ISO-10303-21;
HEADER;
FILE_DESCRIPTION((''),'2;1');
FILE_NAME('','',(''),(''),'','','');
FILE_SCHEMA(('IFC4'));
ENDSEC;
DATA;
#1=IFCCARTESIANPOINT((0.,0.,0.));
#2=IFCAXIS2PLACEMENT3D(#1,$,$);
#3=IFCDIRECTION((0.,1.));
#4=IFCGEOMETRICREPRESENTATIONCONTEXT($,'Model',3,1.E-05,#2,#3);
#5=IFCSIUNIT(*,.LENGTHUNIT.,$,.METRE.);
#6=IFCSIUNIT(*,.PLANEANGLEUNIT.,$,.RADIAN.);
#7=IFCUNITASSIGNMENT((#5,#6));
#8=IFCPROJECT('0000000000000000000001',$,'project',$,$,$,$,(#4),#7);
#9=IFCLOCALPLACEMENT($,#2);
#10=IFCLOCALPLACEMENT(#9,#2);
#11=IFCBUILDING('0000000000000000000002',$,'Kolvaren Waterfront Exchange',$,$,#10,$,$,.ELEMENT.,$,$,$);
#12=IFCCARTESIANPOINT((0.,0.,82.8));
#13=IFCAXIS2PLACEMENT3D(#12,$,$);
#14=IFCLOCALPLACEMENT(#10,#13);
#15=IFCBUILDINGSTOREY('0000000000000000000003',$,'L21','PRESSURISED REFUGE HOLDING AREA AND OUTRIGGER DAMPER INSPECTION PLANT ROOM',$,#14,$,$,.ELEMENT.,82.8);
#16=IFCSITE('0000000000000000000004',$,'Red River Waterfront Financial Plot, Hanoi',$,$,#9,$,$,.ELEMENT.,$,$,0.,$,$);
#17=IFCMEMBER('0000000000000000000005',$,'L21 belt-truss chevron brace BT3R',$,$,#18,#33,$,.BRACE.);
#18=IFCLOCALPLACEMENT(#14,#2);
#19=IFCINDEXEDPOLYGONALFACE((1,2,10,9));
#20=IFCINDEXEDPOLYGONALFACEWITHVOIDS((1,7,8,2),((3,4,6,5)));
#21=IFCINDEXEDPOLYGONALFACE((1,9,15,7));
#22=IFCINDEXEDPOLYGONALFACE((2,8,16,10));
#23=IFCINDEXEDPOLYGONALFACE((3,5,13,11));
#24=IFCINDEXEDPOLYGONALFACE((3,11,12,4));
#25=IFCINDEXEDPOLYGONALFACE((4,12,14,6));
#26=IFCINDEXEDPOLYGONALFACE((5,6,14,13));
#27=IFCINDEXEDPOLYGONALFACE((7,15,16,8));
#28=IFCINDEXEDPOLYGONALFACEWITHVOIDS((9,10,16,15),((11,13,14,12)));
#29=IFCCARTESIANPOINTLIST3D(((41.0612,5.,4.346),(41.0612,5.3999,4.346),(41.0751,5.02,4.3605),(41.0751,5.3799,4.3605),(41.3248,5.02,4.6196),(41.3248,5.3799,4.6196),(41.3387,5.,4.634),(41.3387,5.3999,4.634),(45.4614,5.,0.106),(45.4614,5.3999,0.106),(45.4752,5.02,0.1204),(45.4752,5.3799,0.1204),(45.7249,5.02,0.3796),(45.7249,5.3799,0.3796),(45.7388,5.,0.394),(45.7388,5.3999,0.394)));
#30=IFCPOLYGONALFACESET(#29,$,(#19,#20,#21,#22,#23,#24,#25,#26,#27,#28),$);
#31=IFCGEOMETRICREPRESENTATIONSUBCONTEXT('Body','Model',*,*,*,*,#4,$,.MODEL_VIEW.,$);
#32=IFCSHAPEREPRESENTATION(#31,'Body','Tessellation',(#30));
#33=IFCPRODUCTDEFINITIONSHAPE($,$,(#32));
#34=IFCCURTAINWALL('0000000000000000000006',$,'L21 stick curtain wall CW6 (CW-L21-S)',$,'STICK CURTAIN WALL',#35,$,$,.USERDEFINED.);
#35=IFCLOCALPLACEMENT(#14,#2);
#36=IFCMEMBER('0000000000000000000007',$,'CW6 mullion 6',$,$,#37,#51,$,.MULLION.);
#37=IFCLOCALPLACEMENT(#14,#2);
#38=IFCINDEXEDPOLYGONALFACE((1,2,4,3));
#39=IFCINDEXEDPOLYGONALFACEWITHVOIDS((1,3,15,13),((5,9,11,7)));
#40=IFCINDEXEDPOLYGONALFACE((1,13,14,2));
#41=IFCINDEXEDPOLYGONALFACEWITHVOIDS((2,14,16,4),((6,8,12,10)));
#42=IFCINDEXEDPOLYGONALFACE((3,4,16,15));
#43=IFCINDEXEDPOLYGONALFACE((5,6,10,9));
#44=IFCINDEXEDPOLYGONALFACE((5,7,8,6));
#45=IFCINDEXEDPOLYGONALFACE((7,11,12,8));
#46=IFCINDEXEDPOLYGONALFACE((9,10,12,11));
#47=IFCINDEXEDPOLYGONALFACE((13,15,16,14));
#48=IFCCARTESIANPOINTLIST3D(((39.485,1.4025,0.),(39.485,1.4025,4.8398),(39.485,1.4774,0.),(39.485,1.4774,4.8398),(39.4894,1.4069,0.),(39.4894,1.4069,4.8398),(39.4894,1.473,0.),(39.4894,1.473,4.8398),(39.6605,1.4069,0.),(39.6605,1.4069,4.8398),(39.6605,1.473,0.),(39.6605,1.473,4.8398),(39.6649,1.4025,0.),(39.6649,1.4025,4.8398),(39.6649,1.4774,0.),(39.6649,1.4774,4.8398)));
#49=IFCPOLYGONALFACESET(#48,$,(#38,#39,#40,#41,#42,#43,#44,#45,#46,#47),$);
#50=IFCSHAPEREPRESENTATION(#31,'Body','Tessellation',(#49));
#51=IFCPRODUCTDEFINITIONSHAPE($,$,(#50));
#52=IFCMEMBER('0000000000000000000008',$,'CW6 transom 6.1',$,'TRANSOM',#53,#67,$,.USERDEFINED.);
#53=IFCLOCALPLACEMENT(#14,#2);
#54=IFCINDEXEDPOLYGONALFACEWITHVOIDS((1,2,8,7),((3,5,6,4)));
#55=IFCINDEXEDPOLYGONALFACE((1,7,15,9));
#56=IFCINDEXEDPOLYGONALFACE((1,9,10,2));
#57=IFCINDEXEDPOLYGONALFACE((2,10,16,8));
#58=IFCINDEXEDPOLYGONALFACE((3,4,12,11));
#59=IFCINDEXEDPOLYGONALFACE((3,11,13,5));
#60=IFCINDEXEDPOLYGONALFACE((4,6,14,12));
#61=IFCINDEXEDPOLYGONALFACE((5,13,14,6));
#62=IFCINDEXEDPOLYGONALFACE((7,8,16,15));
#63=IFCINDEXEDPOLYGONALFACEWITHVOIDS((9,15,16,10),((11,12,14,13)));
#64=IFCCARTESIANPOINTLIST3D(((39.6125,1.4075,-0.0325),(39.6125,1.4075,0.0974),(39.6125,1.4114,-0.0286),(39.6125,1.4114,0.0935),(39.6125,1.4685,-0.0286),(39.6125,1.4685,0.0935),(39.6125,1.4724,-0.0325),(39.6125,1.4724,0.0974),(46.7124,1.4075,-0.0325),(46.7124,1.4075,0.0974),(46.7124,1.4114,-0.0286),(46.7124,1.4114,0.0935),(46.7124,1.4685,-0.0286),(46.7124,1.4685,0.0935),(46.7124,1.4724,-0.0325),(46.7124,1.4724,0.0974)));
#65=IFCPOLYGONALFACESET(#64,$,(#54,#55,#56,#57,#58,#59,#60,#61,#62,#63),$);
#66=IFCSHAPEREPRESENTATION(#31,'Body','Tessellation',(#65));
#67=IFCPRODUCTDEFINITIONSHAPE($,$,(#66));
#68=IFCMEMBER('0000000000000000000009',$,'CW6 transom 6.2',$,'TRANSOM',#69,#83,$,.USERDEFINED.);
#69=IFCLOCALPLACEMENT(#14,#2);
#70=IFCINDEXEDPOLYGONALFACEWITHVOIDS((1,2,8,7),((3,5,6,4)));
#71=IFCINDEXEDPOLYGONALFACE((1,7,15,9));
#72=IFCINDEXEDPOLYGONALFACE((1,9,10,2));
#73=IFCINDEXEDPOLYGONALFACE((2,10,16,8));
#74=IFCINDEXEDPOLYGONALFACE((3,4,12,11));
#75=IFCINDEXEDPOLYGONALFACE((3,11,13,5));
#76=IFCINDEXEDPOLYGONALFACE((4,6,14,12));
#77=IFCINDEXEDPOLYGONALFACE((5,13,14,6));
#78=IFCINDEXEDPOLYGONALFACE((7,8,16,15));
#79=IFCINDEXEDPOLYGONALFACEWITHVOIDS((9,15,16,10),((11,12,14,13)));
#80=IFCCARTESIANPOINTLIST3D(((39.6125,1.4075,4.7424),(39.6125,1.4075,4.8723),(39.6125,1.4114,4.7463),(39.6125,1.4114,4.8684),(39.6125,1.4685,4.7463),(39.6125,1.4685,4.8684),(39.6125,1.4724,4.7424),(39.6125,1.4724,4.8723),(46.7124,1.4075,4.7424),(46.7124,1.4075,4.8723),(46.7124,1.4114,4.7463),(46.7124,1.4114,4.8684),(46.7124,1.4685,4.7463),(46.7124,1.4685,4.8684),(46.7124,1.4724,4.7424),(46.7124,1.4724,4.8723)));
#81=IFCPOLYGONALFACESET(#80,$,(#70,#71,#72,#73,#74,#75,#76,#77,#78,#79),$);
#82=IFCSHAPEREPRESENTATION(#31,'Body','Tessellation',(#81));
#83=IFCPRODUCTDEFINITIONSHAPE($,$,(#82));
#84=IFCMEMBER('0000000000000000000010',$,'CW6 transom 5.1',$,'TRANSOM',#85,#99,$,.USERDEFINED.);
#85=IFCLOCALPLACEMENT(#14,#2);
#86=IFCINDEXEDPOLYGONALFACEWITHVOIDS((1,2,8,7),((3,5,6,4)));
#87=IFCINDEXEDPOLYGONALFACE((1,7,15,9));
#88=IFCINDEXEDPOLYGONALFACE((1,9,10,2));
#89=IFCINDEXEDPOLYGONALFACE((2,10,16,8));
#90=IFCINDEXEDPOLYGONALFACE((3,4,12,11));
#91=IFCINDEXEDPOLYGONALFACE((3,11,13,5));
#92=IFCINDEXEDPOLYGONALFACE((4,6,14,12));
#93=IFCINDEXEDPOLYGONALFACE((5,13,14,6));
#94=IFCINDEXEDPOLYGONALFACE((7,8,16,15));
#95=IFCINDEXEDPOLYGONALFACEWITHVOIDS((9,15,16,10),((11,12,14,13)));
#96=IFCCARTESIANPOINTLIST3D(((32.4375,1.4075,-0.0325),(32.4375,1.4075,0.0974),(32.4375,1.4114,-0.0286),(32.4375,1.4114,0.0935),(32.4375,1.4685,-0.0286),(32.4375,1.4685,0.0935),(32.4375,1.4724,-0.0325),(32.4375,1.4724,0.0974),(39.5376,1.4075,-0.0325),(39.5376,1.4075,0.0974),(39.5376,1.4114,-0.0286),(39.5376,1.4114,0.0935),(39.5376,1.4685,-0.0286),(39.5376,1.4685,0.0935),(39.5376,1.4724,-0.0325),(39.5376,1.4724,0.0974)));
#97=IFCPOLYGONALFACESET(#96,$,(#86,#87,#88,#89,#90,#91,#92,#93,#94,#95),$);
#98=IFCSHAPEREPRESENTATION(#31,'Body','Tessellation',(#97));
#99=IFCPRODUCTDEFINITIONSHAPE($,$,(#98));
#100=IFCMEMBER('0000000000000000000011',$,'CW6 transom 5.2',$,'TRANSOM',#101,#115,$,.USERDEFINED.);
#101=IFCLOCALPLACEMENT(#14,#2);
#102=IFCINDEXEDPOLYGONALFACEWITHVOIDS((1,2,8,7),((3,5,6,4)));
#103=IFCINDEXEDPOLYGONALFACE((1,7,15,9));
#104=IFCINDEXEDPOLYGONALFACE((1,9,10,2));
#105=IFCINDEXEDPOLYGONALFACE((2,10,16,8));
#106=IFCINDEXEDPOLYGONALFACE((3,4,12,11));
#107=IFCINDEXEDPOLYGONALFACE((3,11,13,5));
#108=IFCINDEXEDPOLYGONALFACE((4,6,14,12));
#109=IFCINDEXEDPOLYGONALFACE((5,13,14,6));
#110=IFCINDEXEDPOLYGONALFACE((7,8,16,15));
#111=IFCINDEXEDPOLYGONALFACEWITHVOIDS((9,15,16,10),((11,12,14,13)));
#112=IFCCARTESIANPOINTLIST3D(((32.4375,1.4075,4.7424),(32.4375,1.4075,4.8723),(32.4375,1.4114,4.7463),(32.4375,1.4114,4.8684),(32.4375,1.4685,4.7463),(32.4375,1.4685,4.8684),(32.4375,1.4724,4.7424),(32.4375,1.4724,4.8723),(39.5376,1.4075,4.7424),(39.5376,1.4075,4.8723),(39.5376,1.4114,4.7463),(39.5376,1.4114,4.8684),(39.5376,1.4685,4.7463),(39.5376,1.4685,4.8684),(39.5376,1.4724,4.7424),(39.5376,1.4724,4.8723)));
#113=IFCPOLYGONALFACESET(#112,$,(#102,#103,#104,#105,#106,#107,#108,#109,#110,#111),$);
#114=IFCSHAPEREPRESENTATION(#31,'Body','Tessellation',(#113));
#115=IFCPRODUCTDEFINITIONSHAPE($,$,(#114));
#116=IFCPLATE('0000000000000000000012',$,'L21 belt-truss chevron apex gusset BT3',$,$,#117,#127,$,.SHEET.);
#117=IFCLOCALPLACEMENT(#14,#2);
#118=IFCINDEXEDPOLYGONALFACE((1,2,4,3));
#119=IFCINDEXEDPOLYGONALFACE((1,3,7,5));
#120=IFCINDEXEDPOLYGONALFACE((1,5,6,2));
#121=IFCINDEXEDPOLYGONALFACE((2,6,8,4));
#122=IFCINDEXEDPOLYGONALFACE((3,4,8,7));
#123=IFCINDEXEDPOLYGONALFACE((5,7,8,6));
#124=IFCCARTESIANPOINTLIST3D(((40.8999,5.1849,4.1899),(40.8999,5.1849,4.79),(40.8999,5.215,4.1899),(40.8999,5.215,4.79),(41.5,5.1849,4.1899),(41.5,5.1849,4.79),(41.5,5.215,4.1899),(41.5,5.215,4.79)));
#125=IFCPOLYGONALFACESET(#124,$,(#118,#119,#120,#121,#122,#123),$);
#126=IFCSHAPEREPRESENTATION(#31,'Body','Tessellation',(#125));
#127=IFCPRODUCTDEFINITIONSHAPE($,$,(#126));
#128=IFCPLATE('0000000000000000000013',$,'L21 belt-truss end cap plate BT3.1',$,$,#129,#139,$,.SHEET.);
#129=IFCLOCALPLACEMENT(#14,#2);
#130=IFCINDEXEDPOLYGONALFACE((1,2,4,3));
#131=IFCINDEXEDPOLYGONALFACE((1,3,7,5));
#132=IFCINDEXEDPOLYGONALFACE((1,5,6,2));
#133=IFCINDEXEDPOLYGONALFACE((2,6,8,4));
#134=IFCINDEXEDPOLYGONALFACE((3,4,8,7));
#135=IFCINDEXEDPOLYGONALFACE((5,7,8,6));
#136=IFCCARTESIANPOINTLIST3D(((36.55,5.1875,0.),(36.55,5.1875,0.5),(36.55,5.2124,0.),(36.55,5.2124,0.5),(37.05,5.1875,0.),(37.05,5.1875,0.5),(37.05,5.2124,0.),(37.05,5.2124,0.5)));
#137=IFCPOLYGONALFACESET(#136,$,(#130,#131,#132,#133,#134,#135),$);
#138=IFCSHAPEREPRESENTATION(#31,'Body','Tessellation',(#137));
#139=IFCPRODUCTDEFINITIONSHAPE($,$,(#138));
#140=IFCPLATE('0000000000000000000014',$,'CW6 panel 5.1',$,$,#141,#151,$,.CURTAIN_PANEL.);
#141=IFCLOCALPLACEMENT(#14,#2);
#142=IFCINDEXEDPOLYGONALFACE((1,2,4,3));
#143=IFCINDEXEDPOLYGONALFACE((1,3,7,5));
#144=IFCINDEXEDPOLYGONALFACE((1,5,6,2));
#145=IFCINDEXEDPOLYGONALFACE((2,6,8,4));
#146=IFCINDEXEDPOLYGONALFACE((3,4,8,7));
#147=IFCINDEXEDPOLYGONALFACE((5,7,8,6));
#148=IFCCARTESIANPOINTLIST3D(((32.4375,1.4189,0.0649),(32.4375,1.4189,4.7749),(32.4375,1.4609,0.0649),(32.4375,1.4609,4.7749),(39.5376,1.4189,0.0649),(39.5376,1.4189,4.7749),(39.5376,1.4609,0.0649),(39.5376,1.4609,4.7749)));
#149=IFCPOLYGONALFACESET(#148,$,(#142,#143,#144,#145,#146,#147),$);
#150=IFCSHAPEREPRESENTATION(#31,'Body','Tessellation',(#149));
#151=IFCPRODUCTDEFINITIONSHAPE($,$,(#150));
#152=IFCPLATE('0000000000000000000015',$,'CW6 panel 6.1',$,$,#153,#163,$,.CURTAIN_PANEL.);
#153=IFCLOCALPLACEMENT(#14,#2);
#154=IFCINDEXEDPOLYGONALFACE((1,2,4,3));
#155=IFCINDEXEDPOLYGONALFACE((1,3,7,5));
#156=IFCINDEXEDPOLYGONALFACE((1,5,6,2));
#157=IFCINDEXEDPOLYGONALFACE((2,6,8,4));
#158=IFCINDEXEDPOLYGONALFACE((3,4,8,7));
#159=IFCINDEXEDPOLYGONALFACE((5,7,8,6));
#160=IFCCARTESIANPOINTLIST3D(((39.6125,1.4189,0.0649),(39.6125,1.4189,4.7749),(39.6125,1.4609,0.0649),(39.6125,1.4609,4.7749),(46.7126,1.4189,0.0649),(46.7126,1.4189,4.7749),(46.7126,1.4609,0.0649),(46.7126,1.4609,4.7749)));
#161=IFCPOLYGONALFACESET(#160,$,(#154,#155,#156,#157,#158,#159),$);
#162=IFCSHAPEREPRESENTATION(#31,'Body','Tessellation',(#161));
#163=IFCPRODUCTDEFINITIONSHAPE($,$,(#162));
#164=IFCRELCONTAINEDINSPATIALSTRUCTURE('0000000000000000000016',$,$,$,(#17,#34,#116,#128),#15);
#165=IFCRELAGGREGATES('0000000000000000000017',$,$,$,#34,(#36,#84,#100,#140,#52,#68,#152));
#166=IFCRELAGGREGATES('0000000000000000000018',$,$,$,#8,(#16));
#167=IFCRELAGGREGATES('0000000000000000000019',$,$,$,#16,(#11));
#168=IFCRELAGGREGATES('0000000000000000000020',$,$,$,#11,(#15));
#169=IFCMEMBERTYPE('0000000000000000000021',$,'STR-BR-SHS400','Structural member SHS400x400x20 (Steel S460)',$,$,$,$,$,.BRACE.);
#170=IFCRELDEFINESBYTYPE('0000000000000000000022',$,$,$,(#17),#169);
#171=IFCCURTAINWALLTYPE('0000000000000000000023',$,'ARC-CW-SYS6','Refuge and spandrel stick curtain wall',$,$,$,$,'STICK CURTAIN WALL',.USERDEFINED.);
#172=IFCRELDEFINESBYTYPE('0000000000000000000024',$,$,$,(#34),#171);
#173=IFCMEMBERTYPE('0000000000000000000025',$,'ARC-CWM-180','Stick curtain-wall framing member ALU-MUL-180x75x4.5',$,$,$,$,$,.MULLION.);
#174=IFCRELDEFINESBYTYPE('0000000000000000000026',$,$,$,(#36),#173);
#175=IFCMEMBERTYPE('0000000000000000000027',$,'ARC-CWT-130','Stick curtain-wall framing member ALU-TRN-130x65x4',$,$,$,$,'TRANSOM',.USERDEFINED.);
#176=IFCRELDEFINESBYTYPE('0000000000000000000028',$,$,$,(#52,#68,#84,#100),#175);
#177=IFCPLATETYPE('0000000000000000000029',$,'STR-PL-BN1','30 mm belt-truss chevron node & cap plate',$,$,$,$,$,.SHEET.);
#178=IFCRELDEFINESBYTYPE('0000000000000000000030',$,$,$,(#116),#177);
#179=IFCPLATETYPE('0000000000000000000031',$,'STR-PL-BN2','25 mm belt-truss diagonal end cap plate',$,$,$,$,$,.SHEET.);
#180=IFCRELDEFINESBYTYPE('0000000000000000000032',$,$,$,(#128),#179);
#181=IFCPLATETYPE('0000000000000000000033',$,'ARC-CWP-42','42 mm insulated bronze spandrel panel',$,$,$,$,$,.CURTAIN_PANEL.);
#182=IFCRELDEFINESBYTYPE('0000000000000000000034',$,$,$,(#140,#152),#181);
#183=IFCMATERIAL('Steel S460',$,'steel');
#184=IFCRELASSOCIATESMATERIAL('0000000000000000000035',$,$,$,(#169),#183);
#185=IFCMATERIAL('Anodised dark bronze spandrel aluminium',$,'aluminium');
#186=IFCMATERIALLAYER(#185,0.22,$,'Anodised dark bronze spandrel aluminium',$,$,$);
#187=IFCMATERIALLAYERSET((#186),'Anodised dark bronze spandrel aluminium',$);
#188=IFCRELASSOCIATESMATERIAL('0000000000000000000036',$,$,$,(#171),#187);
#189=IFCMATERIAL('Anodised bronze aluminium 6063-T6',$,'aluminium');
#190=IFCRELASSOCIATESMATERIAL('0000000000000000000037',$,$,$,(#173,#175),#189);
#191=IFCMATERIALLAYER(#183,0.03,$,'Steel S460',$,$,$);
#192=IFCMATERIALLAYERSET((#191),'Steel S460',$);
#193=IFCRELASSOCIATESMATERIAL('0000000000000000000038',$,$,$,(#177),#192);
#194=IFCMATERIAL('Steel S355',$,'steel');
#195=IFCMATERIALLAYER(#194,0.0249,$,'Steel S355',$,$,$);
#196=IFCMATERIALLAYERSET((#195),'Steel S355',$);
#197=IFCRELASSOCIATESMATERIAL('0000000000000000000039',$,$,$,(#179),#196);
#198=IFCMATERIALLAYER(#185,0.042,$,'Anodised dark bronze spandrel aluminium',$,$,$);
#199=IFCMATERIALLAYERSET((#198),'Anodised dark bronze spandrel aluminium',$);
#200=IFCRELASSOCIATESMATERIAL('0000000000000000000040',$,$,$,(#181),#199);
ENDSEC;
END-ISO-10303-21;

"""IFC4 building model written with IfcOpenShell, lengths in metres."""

from ifc_helpers import new_model, si_unit, direction, frame, origin, origin_with_axes, origin_2d, place, context, subcontext, project, spatial, rectangle, hollow_rectangle, extrude, source, transform, mapped, material, layer, layer_set, material_profile, profile_set, type_object, element, aggregate, save


model = new_model("IFC4")

# Units and contexts
model_context = context("Model", 3, precision=1e-05, world=origin(), true_north=direction((0.0, 1.0)))
body_context = subcontext(model_context, "Body", "Model", "MODEL_VIEW")
ifc_project = project(units=[si_unit("LENGTHUNIT", "METRE"), si_unit("PLANEANGLEUNIT", "RADIAN")], contexts=[model_context])

# Site, building, storey
site_placement = place(None, origin())
site = spatial("IfcSite", under=ifc_project, at=site_placement, Name="Red River Waterfront Financial Plot, Hanoi", CompositionType="ELEMENT", RefElevation=0.0)
building_placement = place(site_placement, origin())
building = spatial("IfcBuilding", under=site, at=building_placement, Name="Kolvaren Waterfront Exchange", CompositionType="ELEMENT")
storey_placement = place(building_placement, frame((0.0, 0.0, 82.8)))
storey = spatial("IfcBuildingStorey", under=building, at=storey_placement, Name="L21", Description="PRESSURISED REFUGE HOLDING AREA AND OUTRIGGER DAMPER INSPECTION PLANT ROOM", CompositionType="ELEMENT", Elevation=82.8)

# Shared definitions
ifc_material_1 = material(Name="Steel S355", Category="steel")

# Member
ifc_material_2 = material(Name="Steel S460", Category="steel")
ifc_material_profile_1 = material_profile(ifc_material_2, hollow_rectangle(XDim=0.3999, YDim=0.3999, WallThickness=0.02, at=origin_2d()), Name="SHS400x400x20")
ifc_profile_set_1 = profile_set([ifc_material_profile_1], Name="Steel S460")
member_type_1 = type_object("IfcMemberType", Name="STR-BR-SHS400", Description="Structural member SHS400x400x20 (Steel S460)", PredefinedType="BRACE", material=ifc_profile_set_1)
member_1_placement = place(storey_placement, frame((45.6001, 5.2, 0.25), z_axis=(-0.72009, 0.0, 0.69388), x_axis=(0.0, -1.0, 0.0)))
element("IfcMember", 1, at=member_1_placement, inside=storey, type_object=member_type_1, Name="L21 belt-truss chevron brace BT3R", PredefinedType="BRACE", context=body_context, shape_type="SweptSolid", body=[
    extrude(hollow_rectangle(XDim=0.3999, YDim=0.3999, WallThickness=0.02, at=origin_2d()), origin(), (0.0, 0.0, 1.0), 6.1106),
])

# Curtain wall, members
ifc_material_3 = material(Name="Anodised dark bronze spandrel aluminium", Category="aluminium")
ifc_layer_1 = layer(ifc_material_3, 0.22, Name="Anodised dark bronze spandrel aluminium")
ifc_layer_set_1 = layer_set([ifc_layer_1], Name="Anodised dark bronze spandrel aluminium")
curtain_wall_type = type_object("IfcCurtainWallType", Name="ARC-CW-SYS6", Description="Refuge and spandrel stick curtain wall", ElementType="STICK CURTAIN WALL", PredefinedType="USERDEFINED", material=ifc_layer_set_1)
curtain_wall_placement = place(storey_placement, origin())
curtain_wall = element("IfcCurtainWall", 2, at=curtain_wall_placement, inside=storey, type_object=curtain_wall_type, Name="L21 stick curtain wall CW6 (CW-L21-S)", ObjectType="STICK CURTAIN WALL", PredefinedType="USERDEFINED")
ifc_material_4 = material(Name="Anodised bronze aluminium 6063-T6", Category="aluminium")
ifc_material_profile_2 = material_profile(ifc_material_4, hollow_rectangle(XDim=0.075, YDim=0.1799, WallThickness=0.0044, at=origin_2d()), Name="ALU-MUL-180x75x4.5")
ifc_profile_set_2 = profile_set([ifc_material_profile_2], Name="Anodised bronze aluminium 6063-T6")
member_type_2 = type_object("IfcMemberType", Name="ARC-CWM-180", Description="Stick curtain-wall framing member ALU-MUL-180x75x4.5", PredefinedType="MULLION", material=ifc_profile_set_2)
shared_shape_1 = source(origin_with_axes(), body_context, "Body", "SweptSolid", [
    extrude(hollow_rectangle(XDim=0.075, YDim=0.1799, WallThickness=0.0044, at=origin_2d()), origin(), (0.0, 0.0, 1.0), 4.8398),
])
member_2_placement = place(storey_placement, frame((39.575, 1.4399, 0.0), z_axis=(0.0, 0.0, 1.0), x_axis=(0.0, 1.0, 0.0)))
member_2 = element("IfcMember", 3, at=member_2_placement, type_object=member_type_2, Name="CW6 mullion 6", PredefinedType="MULLION", context=body_context, shape_type="MappedRepresentation", body=[
    mapped(shared_shape_1, transform((0.0, 0.0, 0.0), x_axis=(1.0, 0.0, 0.0), y_axis=(0.0, 1.0, 0.0), z_axis=(0.0, 0.0, 1.0), scale=1.0)),
])
ifc_material_profile_3 = material_profile(ifc_material_4, hollow_rectangle(XDim=0.0649, YDim=0.1299, WallThickness=0.0039, at=origin_2d()), Name="ALU-TRN-130x65x4")
ifc_profile_set_3 = profile_set([ifc_material_profile_3], Name="Anodised bronze aluminium 6063-T6")
member_type_3 = type_object("IfcMemberType", Name="ARC-CWT-130", Description="Stick curtain-wall framing member ALU-TRN-130x65x4", ElementType="TRANSOM", PredefinedType="USERDEFINED", material=ifc_profile_set_3)
shared_shape_2 = source(origin_with_axes(), body_context, "Body", "SweptSolid", [
    extrude(hollow_rectangle(XDim=0.0649, YDim=0.1299, WallThickness=0.0039, at=origin_2d()), origin(), (0.0, 0.0, 1.0), 7.0999),
])
member_3_placement = place(storey_placement, frame((39.6125, 1.4399, 0.0325), z_axis=(1.0, 0.0, 0.0), x_axis=(0.0, 1.0, 0.0)))
member_3 = element("IfcMember", 4, at=member_3_placement, type_object=member_type_3, Name="CW6 transom 6.1", ObjectType="TRANSOM", PredefinedType="USERDEFINED", context=body_context, shape_type="MappedRepresentation", body=[
    mapped(shared_shape_2, transform((0.0, 0.0, 0.0), x_axis=(1.0, 0.0, 0.0), y_axis=(0.0, 1.0, 0.0), z_axis=(0.0, 0.0, 1.0), scale=1.0)),
])
member_4_placement = place(storey_placement, frame((39.6125, 1.4399, 4.8074), z_axis=(1.0, 0.0, 0.0), x_axis=(0.0, 1.0, 0.0)))
member_4 = element("IfcMember", 5, at=member_4_placement, type_object=member_type_3, Name="CW6 transom 6.2", ObjectType="TRANSOM", PredefinedType="USERDEFINED", context=body_context, shape_type="MappedRepresentation", body=[
    mapped(shared_shape_2, transform((0.0, 0.0, 0.0), x_axis=(1.0, 0.0, 0.0), y_axis=(0.0, 1.0, 0.0), z_axis=(0.0, 0.0, 1.0), scale=1.0)),
])
shared_shape_3 = source(origin_with_axes(), body_context, "Body", "SweptSolid", [
    extrude(hollow_rectangle(XDim=0.0649, YDim=0.1299, WallThickness=0.0039, at=origin_2d()), origin(), (0.0, 0.0, 1.0), 7.1001),
])
member_5_placement = place(storey_placement, frame((32.4375, 1.4399, 0.0325), z_axis=(1.0, 0.0, 0.0), x_axis=(0.0, 1.0, 0.0)))
member_5 = element("IfcMember", 6, at=member_5_placement, type_object=member_type_3, Name="CW6 transom 5.1", ObjectType="TRANSOM", PredefinedType="USERDEFINED", context=body_context, shape_type="MappedRepresentation", body=[
    mapped(shared_shape_3, transform((0.0, 0.0, 0.0), x_axis=(1.0, 0.0, 0.0), y_axis=(0.0, 1.0, 0.0), z_axis=(0.0, 0.0, 1.0), scale=1.0)),
])
member_6_placement = place(storey_placement, frame((32.4375, 1.4399, 4.8074), z_axis=(1.0, 0.0, 0.0), x_axis=(0.0, 1.0, 0.0)))
member_6 = element("IfcMember", 7, at=member_6_placement, type_object=member_type_3, Name="CW6 transom 5.2", ObjectType="TRANSOM", PredefinedType="USERDEFINED", context=body_context, shape_type="MappedRepresentation", body=[
    mapped(shared_shape_3, transform((0.0, 0.0, 0.0), x_axis=(1.0, 0.0, 0.0), y_axis=(0.0, 1.0, 0.0), z_axis=(0.0, 0.0, 1.0), scale=1.0)),
])

# Plates
ifc_layer_2 = layer(ifc_material_2, 0.03, Name="Steel S460")
ifc_layer_set_2 = layer_set([ifc_layer_2], Name="Steel S460")
plate_type_1 = type_object("IfcPlateType", Name="STR-PL-BN1", Description="30 mm belt-truss chevron node & cap plate", PredefinedType="SHEET", material=ifc_layer_set_2)
shared_shape_4 = source(origin_with_axes(), body_context, "Body", "SweptSolid", [
    extrude(rectangle(XDim=0.6001, YDim=0.03, at=origin_2d()), origin(), (0.0, 0.0, 1.0), 0.6001),
])
plate_1_placement = place(storey_placement, frame((41.2, 5.2, 4.1899), z_axis=(0.0, 0.0, 1.0), x_axis=(1.0, 0.0, 0.0)))
element("IfcPlate", 8, at=plate_1_placement, inside=storey, type_object=plate_type_1, Name="L21 belt-truss chevron apex gusset BT3", PredefinedType="SHEET", context=body_context, shape_type="MappedRepresentation", body=[
    mapped(shared_shape_4, transform((0.0, 0.0, 0.0), x_axis=(1.0, 0.0, 0.0), y_axis=(0.0, 1.0, 0.0), z_axis=(0.0, 0.0, 1.0), scale=1.0)),
])
ifc_layer_3 = layer(ifc_material_1, 0.0249, Name="Steel S355")
ifc_layer_set_3 = layer_set([ifc_layer_3], Name="Steel S355")
plate_type_2 = type_object("IfcPlateType", Name="STR-PL-BN2", Description="25 mm belt-truss diagonal end cap plate", PredefinedType="SHEET", material=ifc_layer_set_3)
shared_shape_5 = source(origin_with_axes(), body_context, "Body", "SweptSolid", [
    extrude(rectangle(XDim=0.5, YDim=0.0249, at=origin_2d()), origin(), (0.0, 0.0, 1.0), 0.5),
])
plate_2_placement = place(storey_placement, frame((36.8, 5.2, 0.0), z_axis=(0.0, 0.0, 1.0), x_axis=(1.0, 0.0, 0.0)))
element("IfcPlate", 9, at=plate_2_placement, inside=storey, type_object=plate_type_2, Name="L21 belt-truss end cap plate BT3.1", PredefinedType="SHEET", context=body_context, shape_type="MappedRepresentation", body=[
    mapped(shared_shape_5, transform((0.0, 0.0, 0.0), x_axis=(1.0, 0.0, 0.0), y_axis=(0.0, 1.0, 0.0), z_axis=(0.0, 0.0, 1.0), scale=1.0)),
])

# Plates
ifc_layer_4 = layer(ifc_material_3, 0.042, Name="Anodised dark bronze spandrel aluminium")
ifc_layer_set_4 = layer_set([ifc_layer_4], Name="Anodised dark bronze spandrel aluminium")
plate_type_3 = type_object("IfcPlateType", Name="ARC-CWP-42", Description="42 mm insulated bronze spandrel panel", PredefinedType="CURTAIN_PANEL", material=ifc_layer_set_4)
shared_shape_6 = source(origin_with_axes(), body_context, "Body", "SweptSolid", [
    extrude(rectangle(XDim=7.1001, YDim=0.042, at=origin_2d()), origin(), (0.0, 0.0, 1.0), 4.71),
])
plate_3_placement = place(storey_placement, frame((35.9875, 1.4399, 0.0649), z_axis=(0.0, 0.0, 1.0), x_axis=(1.0, 0.0, 0.0)))
plate_3 = element("IfcPlate", 10, at=plate_3_placement, type_object=plate_type_3, Name="CW6 panel 5.1", PredefinedType="CURTAIN_PANEL", context=body_context, shape_type="MappedRepresentation", body=[
    mapped(shared_shape_6, transform((0.0, 0.0, 0.0), x_axis=(1.0, 0.0, 0.0), y_axis=(0.0, 1.0, 0.0), z_axis=(0.0, 0.0, 1.0), scale=1.0)),
])
plate_4_placement = place(storey_placement, frame((43.1626, 1.4399, 0.0649), z_axis=(0.0, 0.0, 1.0), x_axis=(1.0, 0.0, 0.0)))
plate_4 = element("IfcPlate", 11, at=plate_4_placement, type_object=plate_type_3, Name="CW6 panel 6.1", PredefinedType="CURTAIN_PANEL", context=body_context, shape_type="MappedRepresentation", body=[
    mapped(shared_shape_6, transform((0.0, 0.0, 0.0), x_axis=(1.0, 0.0, 0.0), y_axis=(0.0, 1.0, 0.0), z_axis=(0.0, 0.0, 1.0), scale=1.0)),
])
aggregate(curtain_wall, [member_2, member_5, member_6, plate_3, member_3, member_4, plate_4])

save(model, "model.ifc")
